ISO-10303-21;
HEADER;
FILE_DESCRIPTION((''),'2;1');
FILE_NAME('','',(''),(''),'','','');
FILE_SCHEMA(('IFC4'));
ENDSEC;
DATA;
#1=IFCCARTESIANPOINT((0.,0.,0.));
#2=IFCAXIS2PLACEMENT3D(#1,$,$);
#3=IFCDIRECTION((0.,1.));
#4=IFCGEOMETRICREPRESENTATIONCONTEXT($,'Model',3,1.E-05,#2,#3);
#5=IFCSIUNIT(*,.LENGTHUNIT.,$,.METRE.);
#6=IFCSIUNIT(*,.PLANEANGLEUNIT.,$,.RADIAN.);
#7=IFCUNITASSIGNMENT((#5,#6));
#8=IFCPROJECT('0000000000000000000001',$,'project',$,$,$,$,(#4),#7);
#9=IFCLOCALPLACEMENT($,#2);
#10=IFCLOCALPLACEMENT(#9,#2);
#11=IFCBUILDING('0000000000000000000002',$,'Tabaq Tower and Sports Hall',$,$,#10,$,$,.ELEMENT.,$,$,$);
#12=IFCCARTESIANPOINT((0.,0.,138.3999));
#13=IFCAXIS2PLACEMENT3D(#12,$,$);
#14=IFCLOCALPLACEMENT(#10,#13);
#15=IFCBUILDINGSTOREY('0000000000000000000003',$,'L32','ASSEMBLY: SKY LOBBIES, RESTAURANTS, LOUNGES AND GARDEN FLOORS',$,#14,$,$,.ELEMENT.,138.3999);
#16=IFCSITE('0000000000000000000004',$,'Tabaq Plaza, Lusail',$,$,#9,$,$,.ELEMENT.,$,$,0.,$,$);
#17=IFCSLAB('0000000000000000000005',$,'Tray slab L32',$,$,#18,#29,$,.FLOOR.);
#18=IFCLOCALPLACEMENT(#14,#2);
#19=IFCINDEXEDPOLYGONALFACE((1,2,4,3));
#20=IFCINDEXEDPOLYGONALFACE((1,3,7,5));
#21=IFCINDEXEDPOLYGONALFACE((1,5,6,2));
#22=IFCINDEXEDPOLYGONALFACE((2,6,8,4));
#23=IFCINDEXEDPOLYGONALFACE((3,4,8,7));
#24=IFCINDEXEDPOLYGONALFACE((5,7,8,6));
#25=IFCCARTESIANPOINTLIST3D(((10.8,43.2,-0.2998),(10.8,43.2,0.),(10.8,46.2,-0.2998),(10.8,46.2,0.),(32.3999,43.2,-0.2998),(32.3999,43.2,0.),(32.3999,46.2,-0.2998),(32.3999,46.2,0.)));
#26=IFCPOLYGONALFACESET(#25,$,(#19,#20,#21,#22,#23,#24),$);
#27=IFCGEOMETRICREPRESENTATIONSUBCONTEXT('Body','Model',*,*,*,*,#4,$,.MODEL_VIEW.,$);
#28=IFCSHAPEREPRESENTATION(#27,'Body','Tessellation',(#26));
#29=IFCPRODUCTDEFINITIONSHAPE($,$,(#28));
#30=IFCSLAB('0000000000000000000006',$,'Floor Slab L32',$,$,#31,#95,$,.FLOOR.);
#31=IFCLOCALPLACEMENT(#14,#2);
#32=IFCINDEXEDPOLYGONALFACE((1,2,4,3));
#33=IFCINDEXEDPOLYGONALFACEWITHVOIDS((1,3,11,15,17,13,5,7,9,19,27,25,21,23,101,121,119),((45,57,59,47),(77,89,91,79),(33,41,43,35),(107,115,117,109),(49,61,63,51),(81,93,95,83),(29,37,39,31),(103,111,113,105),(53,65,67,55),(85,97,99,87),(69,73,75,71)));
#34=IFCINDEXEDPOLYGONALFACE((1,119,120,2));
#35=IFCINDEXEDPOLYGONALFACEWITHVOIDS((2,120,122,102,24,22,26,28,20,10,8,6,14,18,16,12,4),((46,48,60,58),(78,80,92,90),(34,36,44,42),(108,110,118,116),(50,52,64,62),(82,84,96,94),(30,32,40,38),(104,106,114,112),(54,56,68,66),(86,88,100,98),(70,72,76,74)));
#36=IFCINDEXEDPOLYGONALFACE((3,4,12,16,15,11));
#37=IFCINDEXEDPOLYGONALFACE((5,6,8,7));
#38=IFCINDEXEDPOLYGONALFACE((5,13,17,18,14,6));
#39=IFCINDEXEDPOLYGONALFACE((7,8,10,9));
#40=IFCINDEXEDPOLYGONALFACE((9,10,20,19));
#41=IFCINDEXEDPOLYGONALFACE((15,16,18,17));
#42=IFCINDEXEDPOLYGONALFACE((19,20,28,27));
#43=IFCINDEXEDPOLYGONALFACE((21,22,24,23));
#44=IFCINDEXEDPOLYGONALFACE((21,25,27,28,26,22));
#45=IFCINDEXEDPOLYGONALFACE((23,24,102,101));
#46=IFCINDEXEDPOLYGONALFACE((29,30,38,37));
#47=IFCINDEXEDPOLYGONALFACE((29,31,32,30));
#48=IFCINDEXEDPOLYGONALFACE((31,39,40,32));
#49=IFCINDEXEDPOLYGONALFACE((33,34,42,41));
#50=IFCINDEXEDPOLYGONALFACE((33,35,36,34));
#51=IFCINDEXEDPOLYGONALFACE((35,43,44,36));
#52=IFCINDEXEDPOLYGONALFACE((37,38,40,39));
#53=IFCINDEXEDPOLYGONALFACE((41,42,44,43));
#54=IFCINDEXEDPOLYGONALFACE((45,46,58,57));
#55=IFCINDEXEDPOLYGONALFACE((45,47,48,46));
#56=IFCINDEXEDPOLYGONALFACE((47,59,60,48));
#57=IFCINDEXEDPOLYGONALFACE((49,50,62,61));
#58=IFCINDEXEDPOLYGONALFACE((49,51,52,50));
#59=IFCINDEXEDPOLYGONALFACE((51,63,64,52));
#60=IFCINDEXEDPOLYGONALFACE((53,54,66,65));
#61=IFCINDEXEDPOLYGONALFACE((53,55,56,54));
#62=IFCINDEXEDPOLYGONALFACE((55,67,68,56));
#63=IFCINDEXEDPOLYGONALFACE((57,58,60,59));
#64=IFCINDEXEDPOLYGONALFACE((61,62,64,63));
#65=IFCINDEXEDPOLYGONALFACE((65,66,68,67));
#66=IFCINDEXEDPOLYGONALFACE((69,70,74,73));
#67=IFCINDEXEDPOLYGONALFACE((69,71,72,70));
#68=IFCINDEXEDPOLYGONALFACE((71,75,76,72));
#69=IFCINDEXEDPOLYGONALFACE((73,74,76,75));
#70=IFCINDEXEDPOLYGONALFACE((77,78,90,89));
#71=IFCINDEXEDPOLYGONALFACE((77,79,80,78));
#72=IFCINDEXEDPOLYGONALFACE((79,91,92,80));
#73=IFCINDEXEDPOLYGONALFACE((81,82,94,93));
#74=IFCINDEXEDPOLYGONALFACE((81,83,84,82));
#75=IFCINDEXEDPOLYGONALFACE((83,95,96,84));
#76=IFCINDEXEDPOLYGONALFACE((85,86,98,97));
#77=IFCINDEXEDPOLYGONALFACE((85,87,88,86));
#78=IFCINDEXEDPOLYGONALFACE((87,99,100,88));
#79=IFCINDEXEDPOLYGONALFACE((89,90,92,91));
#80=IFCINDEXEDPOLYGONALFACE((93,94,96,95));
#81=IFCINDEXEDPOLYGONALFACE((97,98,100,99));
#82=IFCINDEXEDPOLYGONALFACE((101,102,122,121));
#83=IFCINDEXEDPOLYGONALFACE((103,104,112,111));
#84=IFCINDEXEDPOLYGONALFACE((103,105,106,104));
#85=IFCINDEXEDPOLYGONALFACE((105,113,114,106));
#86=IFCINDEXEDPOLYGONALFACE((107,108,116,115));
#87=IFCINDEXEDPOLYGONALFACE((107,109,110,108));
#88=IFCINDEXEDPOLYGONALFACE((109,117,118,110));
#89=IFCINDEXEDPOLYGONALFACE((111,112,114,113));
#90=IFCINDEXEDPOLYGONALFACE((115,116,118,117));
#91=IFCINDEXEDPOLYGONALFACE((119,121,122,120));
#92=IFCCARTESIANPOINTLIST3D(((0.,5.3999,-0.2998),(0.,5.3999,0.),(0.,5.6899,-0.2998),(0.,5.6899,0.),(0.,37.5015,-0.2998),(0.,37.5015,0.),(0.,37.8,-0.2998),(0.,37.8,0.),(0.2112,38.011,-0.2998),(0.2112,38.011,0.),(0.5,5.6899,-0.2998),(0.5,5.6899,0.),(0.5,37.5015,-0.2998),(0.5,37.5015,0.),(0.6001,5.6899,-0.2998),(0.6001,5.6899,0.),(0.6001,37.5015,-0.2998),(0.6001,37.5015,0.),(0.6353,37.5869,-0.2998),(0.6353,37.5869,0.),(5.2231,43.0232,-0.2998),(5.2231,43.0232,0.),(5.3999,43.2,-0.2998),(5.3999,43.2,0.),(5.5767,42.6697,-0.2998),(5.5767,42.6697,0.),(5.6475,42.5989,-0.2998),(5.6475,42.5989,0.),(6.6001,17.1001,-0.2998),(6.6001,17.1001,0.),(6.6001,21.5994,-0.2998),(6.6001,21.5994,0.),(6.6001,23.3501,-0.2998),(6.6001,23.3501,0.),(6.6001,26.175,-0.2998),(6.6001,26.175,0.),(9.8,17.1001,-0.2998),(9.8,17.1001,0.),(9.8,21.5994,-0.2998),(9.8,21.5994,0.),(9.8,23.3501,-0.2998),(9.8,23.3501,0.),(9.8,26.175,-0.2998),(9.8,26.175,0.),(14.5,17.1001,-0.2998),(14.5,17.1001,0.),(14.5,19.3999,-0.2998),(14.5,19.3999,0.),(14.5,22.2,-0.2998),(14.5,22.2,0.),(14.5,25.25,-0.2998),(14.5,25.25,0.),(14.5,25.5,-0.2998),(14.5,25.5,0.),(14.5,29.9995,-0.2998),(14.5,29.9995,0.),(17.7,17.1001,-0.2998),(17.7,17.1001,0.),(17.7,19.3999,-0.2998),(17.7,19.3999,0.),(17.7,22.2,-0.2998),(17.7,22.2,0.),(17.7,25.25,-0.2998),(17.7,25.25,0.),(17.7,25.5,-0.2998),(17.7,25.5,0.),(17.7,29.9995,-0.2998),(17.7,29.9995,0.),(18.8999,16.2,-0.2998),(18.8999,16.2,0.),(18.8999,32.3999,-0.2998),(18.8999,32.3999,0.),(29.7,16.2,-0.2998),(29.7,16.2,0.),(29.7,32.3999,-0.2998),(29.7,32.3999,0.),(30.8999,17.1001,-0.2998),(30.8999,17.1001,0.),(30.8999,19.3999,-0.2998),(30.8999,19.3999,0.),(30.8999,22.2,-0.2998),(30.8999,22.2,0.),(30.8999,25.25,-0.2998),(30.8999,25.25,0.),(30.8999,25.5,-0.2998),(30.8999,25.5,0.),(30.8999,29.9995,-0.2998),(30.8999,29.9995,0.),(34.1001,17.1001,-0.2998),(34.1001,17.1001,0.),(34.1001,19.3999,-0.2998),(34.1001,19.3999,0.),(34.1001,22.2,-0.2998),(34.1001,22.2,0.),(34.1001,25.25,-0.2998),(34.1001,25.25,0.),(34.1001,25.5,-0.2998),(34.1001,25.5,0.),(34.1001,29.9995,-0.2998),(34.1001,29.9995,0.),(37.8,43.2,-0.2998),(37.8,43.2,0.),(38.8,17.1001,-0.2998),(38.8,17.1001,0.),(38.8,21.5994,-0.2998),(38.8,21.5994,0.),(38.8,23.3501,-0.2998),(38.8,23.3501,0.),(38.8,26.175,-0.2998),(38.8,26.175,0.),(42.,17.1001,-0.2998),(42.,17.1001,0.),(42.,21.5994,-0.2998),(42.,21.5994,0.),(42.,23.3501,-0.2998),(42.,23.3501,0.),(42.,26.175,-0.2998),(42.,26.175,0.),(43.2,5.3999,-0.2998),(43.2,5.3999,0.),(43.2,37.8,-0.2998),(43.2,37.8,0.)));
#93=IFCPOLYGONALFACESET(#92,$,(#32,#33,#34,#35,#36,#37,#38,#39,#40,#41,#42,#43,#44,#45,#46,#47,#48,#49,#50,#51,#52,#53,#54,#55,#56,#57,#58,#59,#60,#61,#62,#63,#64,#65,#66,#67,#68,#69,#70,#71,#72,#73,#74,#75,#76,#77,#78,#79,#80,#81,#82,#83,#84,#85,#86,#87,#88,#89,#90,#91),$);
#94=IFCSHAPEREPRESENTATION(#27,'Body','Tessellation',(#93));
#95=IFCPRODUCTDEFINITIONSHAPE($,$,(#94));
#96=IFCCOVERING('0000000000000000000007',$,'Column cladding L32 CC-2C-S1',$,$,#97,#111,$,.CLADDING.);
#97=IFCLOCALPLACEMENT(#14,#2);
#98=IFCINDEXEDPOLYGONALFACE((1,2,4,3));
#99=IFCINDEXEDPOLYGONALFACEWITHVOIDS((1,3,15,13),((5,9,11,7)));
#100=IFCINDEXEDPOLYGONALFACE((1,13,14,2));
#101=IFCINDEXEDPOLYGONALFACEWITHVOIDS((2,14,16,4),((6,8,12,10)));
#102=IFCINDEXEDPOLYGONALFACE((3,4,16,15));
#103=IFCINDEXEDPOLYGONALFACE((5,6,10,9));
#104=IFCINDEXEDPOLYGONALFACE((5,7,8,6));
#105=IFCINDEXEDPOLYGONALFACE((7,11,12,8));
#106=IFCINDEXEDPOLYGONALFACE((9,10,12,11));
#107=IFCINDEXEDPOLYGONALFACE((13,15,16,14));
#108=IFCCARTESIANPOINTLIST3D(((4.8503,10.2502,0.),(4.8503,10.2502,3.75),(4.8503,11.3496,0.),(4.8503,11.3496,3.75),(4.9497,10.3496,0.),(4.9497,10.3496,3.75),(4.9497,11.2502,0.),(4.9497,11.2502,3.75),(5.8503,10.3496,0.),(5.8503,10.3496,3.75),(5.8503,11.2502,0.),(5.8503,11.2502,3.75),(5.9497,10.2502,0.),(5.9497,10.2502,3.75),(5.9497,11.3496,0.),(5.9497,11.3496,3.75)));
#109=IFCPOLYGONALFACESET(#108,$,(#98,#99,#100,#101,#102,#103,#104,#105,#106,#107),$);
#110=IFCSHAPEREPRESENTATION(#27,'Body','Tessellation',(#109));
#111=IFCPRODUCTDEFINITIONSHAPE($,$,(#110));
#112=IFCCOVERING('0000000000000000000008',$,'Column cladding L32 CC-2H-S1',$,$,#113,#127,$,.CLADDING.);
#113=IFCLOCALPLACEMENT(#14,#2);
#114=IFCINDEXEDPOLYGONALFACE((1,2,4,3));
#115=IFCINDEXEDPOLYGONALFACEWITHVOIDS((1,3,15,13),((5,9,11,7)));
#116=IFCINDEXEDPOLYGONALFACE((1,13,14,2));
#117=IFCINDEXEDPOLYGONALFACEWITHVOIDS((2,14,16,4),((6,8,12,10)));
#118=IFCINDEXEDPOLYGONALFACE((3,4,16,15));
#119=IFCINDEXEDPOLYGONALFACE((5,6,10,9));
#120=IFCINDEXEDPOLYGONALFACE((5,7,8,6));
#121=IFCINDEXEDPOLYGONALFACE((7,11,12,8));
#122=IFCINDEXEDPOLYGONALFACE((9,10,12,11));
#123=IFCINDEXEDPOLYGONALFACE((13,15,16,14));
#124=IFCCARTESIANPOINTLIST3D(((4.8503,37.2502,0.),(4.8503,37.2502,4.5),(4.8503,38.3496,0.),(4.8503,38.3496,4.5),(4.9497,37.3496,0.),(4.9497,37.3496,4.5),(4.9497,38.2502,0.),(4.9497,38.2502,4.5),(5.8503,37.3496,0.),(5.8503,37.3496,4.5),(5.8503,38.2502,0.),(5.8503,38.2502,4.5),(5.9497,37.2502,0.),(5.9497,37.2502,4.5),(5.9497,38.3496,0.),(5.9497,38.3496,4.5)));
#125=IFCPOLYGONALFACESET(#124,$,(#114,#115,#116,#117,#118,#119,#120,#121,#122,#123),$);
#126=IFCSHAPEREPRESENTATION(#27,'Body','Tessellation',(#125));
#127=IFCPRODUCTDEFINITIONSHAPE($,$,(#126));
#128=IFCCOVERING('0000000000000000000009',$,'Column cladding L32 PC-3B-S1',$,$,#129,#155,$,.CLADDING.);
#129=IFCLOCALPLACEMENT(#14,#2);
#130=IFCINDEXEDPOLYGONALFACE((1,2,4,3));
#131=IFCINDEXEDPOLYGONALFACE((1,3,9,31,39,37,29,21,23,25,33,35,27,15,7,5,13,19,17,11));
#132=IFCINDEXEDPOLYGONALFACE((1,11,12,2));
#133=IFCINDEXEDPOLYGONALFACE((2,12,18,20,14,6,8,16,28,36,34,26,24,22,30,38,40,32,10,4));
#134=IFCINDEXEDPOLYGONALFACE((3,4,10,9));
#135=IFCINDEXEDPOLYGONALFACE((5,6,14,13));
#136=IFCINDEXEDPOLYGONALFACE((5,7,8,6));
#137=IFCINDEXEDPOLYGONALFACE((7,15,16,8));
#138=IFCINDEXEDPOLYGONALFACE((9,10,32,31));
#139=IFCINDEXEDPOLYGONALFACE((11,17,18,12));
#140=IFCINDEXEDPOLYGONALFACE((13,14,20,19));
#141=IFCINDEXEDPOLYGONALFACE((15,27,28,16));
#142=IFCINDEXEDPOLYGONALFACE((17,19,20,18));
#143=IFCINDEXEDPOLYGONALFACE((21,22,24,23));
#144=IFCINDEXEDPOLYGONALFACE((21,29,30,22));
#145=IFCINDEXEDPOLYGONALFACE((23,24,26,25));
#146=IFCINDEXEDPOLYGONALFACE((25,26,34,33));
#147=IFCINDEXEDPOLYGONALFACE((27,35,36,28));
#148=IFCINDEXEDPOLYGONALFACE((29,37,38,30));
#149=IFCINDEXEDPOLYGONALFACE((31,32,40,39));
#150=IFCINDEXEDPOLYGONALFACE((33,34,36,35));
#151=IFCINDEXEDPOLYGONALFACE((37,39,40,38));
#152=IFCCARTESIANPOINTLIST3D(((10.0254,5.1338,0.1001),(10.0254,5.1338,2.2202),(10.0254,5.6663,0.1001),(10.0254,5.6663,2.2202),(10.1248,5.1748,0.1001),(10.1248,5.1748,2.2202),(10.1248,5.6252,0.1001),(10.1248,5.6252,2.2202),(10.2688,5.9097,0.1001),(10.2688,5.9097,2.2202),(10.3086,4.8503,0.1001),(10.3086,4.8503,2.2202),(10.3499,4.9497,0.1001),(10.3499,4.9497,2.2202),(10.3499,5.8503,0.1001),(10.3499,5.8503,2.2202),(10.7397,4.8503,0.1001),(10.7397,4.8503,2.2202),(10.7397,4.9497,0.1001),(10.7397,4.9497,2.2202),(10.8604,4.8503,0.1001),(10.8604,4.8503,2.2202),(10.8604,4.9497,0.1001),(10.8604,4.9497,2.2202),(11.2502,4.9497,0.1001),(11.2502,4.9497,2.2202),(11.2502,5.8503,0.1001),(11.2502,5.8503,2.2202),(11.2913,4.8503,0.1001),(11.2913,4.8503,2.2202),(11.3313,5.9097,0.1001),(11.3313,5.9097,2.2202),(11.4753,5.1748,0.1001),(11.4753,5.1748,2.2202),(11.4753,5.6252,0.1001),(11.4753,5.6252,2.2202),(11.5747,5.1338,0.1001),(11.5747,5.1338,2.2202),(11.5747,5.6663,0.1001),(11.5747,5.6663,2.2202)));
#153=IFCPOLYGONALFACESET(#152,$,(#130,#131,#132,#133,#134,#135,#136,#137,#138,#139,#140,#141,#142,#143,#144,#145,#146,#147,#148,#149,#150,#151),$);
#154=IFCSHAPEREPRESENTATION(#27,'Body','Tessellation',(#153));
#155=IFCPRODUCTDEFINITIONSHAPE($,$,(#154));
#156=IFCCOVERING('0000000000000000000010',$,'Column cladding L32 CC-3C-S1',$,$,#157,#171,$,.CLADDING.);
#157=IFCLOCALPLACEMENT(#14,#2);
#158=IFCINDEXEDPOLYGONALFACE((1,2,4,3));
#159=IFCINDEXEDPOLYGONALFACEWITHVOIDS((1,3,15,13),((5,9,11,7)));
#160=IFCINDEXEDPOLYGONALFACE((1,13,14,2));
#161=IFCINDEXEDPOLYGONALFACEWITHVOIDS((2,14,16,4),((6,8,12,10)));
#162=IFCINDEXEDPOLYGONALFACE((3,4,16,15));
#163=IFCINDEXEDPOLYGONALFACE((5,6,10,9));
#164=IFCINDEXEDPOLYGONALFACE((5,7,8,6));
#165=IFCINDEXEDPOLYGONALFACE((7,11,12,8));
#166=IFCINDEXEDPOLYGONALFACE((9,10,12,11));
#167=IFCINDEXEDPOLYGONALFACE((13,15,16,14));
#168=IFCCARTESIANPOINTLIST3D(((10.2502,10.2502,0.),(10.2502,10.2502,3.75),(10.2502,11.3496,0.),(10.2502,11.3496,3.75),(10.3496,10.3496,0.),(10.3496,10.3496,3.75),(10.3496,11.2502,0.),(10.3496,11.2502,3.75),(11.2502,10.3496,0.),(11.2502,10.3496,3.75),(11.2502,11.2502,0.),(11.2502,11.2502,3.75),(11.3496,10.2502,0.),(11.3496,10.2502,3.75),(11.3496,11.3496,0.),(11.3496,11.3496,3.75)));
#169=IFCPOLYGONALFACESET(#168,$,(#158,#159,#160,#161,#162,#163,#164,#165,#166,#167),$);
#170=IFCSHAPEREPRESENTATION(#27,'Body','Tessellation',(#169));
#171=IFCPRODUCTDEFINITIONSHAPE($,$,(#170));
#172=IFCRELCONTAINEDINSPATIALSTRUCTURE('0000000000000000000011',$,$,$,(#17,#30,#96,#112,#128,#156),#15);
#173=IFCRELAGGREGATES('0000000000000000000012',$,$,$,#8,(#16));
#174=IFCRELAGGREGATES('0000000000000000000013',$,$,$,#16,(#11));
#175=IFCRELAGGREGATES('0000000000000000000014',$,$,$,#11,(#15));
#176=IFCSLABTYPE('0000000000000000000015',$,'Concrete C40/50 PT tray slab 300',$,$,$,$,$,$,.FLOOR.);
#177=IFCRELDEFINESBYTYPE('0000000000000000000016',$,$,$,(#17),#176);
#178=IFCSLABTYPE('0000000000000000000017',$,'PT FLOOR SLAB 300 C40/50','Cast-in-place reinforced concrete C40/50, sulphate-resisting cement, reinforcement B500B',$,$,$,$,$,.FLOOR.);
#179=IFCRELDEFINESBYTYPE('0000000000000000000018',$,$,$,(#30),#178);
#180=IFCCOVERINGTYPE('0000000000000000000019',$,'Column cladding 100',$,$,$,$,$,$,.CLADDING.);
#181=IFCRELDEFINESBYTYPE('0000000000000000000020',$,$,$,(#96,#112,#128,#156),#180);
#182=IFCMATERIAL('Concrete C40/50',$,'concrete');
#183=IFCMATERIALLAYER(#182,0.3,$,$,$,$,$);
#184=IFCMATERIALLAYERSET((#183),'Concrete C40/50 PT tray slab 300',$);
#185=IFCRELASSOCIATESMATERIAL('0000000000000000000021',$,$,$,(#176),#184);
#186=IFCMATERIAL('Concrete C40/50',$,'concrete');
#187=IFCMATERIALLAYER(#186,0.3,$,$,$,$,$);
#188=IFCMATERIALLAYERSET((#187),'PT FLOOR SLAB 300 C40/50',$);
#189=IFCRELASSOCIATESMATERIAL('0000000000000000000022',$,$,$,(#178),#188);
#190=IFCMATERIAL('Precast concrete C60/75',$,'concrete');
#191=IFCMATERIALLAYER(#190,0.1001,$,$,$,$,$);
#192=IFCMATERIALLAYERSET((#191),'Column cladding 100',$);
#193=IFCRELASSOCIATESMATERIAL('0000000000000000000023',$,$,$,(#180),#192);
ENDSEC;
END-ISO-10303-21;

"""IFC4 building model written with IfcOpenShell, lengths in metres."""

from ifc_helpers import new_model, si_unit, direction, frame, origin, place, context, subcontext, project, spatial, polyline, outline, extrude, material, layer, layer_set, type_object, element, save


model = new_model("IFC4")

# Units and contexts
model_context = context("Model", 3, precision=1e-05, world=origin(), true_north=direction((0.0, 1.0)))
body_context = subcontext(model_context, "Body", "Model", "MODEL_VIEW")
ifc_project = project(units=[si_unit("LENGTHUNIT", "METRE"), si_unit("PLANEANGLEUNIT", "RADIAN")], contexts=[model_context])

# Site, building, storey
site_placement = place(None, origin())
site = spatial("IfcSite", under=ifc_project, at=site_placement, Name="Tabaq Plaza, Lusail", CompositionType="ELEMENT", RefElevation=0.0)
building_placement = place(site_placement, origin())
building = spatial("IfcBuilding", under=site, at=building_placement, Name="Tabaq Tower and Sports Hall", CompositionType="ELEMENT")
storey_placement = place(building_placement, frame((0.0, 0.0, 138.3999)))
storey = spatial("IfcBuildingStorey", under=building, at=storey_placement, Name="L32", Description="ASSEMBLY: SKY LOBBIES, RESTAURANTS, LOUNGES AND GARDEN FLOORS", CompositionType="ELEMENT", Elevation=138.3999)

# Slabs
ifc_material_1 = material(Name="Concrete C40/50", Category="concrete")
ifc_layer_1 = layer(ifc_material_1, 0.3)
ifc_layer_set_1 = layer_set([ifc_layer_1], Name="Concrete C40/50 PT tray slab 300")
slab_type_1 = type_object("IfcSlabType", Name="Concrete C40/50 PT tray slab 300", PredefinedType="FLOOR", material=ifc_layer_set_1)
slab_1_placement = place(storey_placement, frame((0.0, 0.0, -0.2998)))
element("IfcSlab", 1, at=slab_1_placement, inside=storey, type_object=slab_type_1, Name="Tray slab L32", PredefinedType="FLOOR", context=body_context, shape_type="SweptSolid", body=[
    extrude(outline(polyline([(32.3999, 43.2), (10.8, 43.2), (10.8, 46.2), (32.3999, 46.2), (32.3999, 43.2)])), origin(), (0.0, 0.0, 1.0), 0.2998),
])
ifc_material_2 = material(Name="Concrete C40/50", Category="concrete")
ifc_layer_2 = layer(ifc_material_2, 0.3)
ifc_layer_set_2 = layer_set([ifc_layer_2], Name="PT FLOOR SLAB 300 C40/50")
slab_type_2 = type_object("IfcSlabType", Name="PT FLOOR SLAB 300 C40/50", Description="Cast-in-place reinforced concrete C40/50, sulphate-resisting cement, reinforcement B500B", PredefinedType="FLOOR", material=ifc_layer_set_2)
slab_2_placement = place(storey_placement, frame((0.0, 0.0, -0.2998)))
element("IfcSlab", 2, at=slab_2_placement, inside=storey, type_object=slab_type_2, Name="Floor Slab L32", PredefinedType="FLOOR", context=body_context, shape_type="SweptSolid", body=[
    extrude(outline(polyline([(37.8, 43.2), (5.3999, 43.2), (5.2231, 43.0232), (5.5767, 42.6697), (5.6475, 42.5989), (0.6353, 37.5869), (0.2112, 38.011), (0.0, 37.8), (0.0, 37.5015), (0.5, 37.5015), (0.6001, 37.5015), (0.6001, 5.6899), (0.5, 5.6899), (0.0, 5.6899), (0.0, 5.3999), (43.2, 5.3999), (43.2, 37.8), (37.8, 43.2)]), holes=[polyline([(14.5, 19.3999), (17.7, 19.3999), (17.7, 17.1001), (14.5, 17.1001), (14.5, 19.3999)]), polyline([(6.6001, 21.5994), (9.8, 21.5994), (9.8, 17.1001), (6.6001, 17.1001), (6.6001, 21.5994)]), polyline([(14.5, 25.25), (17.7, 25.25), (17.7, 22.2), (14.5, 22.2), (14.5, 25.25)]), polyline([(18.8999, 32.3999), (29.7, 32.3999), (29.7, 16.2), (18.8999, 16.2), (18.8999, 32.3999)]), polyline([(9.8, 26.175), (9.8, 23.3501), (6.6001, 23.3501), (6.6001, 26.175), (9.8, 26.175)]), polyline([(14.5, 29.9995), (17.7, 29.9995), (17.7, 25.5), (14.5, 25.5), (14.5, 29.9995)]), polyline([(34.1001, 19.3999), (34.1001, 17.1001), (30.8999, 17.1001), (30.8999, 19.3999), (34.1001, 19.3999)]), polyline([(42.0, 21.5994), (42.0, 17.1001), (38.8, 17.1001), (38.8, 21.5994), (42.0, 21.5994)]), polyline([(30.8999, 25.25), (34.1001, 25.25), (34.1001, 22.2), (30.8999, 22.2), (30.8999, 25.25)]), polyline([(42.0, 26.175), (42.0, 23.3501), (38.8, 23.3501), (38.8, 26.175), (42.0, 26.175)]), polyline([(34.1001, 29.9995), (34.1001, 25.5), (30.8999, 25.5), (30.8999, 29.9995), (34.1001, 29.9995)])]), origin(), (0.0, 0.0, 1.0), 0.2998),
])

# Coverings
ifc_material_3 = material(Name="Precast concrete C60/75", Category="concrete")
ifc_layer_3 = layer(ifc_material_3, 0.1001)
ifc_layer_set_3 = layer_set([ifc_layer_3], Name="Column cladding 100")
covering_type = type_object("IfcCoveringType", Name="Column cladding 100", PredefinedType="CLADDING", material=ifc_layer_set_3)
covering_1_placement = place(storey_placement, origin())
element("IfcCovering", 3, at=covering_1_placement, inside=storey, type_object=covering_type, Name="Column cladding L32 CC-2C-S1", PredefinedType="CLADDING", context=body_context, shape_type="SweptSolid", body=[
    extrude(outline(polyline([(4.8503, 11.3496), (5.9497, 11.3496), (5.9497, 10.2502), (4.8503, 10.2502), (4.8503, 11.3496)]), holes=[polyline([(5.8503, 10.3496), (5.8503, 11.2502), (4.9497, 11.2502), (4.9497, 10.3496), (5.8503, 10.3496)])]), origin(), (0.0, 0.0, 1.0), 3.75),
])
covering_2_placement = place(storey_placement, origin())
element("IfcCovering", 4, at=covering_2_placement, inside=storey, type_object=covering_type, Name="Column cladding L32 CC-2H-S1", PredefinedType="CLADDING", context=body_context, shape_type="SweptSolid", body=[
    extrude(outline(polyline([(4.8503, 38.3496), (5.9497, 38.3496), (5.9497, 37.2502), (4.8503, 37.2502), (4.8503, 38.3496)]), holes=[polyline([(5.8503, 37.3496), (5.8503, 38.2502), (4.9497, 38.2502), (4.9497, 37.3496), (5.8503, 37.3496)])]), origin(), (0.0, 0.0, 1.0), 4.5),
])
covering_3_placement = place(storey_placement, frame((0.0, 0.0, 0.1001)))
element("IfcCovering", 5, at=covering_3_placement, inside=storey, type_object=covering_type, Name="Column cladding L32 PC-3B-S1", PredefinedType="CLADDING", context=body_context, shape_type="SweptSolid", body=[
    extrude(outline(polyline([(10.0254, 5.6663), (10.2688, 5.9097), (11.3313, 5.9097), (11.5747, 5.6663), (11.5747, 5.1338), (11.2913, 4.8503), (10.8604, 4.8503), (10.8604, 4.9497), (11.2502, 4.9497), (11.4753, 5.1748), (11.4753, 5.6252), (11.2502, 5.8503), (10.3499, 5.8503), (10.1248, 5.6252), (10.1248, 5.1748), (10.3499, 4.9497), (10.7397, 4.9497), (10.7397, 4.8503), (10.3086, 4.8503), (10.0254, 5.1338), (10.0254, 5.6663)])), origin(), (0.0, 0.0, 1.0), 2.1201),
])
covering_4_placement = place(storey_placement, origin())
element("IfcCovering", 6, at=covering_4_placement, inside=storey, type_object=covering_type, Name="Column cladding L32 CC-3C-S1", PredefinedType="CLADDING", context=body_context, shape_type="SweptSolid", body=[
    extrude(outline(polyline([(10.2502, 11.3496), (11.3496, 11.3496), (11.3496, 10.2502), (10.2502, 10.2502), (10.2502, 11.3496)]), holes=[polyline([(11.2502, 10.3496), (11.2502, 11.2502), (10.3496, 11.2502), (10.3496, 10.3496), (11.2502, 10.3496)])]), origin(), (0.0, 0.0, 1.0), 3.75),
])

save(model, "model.ifc")
